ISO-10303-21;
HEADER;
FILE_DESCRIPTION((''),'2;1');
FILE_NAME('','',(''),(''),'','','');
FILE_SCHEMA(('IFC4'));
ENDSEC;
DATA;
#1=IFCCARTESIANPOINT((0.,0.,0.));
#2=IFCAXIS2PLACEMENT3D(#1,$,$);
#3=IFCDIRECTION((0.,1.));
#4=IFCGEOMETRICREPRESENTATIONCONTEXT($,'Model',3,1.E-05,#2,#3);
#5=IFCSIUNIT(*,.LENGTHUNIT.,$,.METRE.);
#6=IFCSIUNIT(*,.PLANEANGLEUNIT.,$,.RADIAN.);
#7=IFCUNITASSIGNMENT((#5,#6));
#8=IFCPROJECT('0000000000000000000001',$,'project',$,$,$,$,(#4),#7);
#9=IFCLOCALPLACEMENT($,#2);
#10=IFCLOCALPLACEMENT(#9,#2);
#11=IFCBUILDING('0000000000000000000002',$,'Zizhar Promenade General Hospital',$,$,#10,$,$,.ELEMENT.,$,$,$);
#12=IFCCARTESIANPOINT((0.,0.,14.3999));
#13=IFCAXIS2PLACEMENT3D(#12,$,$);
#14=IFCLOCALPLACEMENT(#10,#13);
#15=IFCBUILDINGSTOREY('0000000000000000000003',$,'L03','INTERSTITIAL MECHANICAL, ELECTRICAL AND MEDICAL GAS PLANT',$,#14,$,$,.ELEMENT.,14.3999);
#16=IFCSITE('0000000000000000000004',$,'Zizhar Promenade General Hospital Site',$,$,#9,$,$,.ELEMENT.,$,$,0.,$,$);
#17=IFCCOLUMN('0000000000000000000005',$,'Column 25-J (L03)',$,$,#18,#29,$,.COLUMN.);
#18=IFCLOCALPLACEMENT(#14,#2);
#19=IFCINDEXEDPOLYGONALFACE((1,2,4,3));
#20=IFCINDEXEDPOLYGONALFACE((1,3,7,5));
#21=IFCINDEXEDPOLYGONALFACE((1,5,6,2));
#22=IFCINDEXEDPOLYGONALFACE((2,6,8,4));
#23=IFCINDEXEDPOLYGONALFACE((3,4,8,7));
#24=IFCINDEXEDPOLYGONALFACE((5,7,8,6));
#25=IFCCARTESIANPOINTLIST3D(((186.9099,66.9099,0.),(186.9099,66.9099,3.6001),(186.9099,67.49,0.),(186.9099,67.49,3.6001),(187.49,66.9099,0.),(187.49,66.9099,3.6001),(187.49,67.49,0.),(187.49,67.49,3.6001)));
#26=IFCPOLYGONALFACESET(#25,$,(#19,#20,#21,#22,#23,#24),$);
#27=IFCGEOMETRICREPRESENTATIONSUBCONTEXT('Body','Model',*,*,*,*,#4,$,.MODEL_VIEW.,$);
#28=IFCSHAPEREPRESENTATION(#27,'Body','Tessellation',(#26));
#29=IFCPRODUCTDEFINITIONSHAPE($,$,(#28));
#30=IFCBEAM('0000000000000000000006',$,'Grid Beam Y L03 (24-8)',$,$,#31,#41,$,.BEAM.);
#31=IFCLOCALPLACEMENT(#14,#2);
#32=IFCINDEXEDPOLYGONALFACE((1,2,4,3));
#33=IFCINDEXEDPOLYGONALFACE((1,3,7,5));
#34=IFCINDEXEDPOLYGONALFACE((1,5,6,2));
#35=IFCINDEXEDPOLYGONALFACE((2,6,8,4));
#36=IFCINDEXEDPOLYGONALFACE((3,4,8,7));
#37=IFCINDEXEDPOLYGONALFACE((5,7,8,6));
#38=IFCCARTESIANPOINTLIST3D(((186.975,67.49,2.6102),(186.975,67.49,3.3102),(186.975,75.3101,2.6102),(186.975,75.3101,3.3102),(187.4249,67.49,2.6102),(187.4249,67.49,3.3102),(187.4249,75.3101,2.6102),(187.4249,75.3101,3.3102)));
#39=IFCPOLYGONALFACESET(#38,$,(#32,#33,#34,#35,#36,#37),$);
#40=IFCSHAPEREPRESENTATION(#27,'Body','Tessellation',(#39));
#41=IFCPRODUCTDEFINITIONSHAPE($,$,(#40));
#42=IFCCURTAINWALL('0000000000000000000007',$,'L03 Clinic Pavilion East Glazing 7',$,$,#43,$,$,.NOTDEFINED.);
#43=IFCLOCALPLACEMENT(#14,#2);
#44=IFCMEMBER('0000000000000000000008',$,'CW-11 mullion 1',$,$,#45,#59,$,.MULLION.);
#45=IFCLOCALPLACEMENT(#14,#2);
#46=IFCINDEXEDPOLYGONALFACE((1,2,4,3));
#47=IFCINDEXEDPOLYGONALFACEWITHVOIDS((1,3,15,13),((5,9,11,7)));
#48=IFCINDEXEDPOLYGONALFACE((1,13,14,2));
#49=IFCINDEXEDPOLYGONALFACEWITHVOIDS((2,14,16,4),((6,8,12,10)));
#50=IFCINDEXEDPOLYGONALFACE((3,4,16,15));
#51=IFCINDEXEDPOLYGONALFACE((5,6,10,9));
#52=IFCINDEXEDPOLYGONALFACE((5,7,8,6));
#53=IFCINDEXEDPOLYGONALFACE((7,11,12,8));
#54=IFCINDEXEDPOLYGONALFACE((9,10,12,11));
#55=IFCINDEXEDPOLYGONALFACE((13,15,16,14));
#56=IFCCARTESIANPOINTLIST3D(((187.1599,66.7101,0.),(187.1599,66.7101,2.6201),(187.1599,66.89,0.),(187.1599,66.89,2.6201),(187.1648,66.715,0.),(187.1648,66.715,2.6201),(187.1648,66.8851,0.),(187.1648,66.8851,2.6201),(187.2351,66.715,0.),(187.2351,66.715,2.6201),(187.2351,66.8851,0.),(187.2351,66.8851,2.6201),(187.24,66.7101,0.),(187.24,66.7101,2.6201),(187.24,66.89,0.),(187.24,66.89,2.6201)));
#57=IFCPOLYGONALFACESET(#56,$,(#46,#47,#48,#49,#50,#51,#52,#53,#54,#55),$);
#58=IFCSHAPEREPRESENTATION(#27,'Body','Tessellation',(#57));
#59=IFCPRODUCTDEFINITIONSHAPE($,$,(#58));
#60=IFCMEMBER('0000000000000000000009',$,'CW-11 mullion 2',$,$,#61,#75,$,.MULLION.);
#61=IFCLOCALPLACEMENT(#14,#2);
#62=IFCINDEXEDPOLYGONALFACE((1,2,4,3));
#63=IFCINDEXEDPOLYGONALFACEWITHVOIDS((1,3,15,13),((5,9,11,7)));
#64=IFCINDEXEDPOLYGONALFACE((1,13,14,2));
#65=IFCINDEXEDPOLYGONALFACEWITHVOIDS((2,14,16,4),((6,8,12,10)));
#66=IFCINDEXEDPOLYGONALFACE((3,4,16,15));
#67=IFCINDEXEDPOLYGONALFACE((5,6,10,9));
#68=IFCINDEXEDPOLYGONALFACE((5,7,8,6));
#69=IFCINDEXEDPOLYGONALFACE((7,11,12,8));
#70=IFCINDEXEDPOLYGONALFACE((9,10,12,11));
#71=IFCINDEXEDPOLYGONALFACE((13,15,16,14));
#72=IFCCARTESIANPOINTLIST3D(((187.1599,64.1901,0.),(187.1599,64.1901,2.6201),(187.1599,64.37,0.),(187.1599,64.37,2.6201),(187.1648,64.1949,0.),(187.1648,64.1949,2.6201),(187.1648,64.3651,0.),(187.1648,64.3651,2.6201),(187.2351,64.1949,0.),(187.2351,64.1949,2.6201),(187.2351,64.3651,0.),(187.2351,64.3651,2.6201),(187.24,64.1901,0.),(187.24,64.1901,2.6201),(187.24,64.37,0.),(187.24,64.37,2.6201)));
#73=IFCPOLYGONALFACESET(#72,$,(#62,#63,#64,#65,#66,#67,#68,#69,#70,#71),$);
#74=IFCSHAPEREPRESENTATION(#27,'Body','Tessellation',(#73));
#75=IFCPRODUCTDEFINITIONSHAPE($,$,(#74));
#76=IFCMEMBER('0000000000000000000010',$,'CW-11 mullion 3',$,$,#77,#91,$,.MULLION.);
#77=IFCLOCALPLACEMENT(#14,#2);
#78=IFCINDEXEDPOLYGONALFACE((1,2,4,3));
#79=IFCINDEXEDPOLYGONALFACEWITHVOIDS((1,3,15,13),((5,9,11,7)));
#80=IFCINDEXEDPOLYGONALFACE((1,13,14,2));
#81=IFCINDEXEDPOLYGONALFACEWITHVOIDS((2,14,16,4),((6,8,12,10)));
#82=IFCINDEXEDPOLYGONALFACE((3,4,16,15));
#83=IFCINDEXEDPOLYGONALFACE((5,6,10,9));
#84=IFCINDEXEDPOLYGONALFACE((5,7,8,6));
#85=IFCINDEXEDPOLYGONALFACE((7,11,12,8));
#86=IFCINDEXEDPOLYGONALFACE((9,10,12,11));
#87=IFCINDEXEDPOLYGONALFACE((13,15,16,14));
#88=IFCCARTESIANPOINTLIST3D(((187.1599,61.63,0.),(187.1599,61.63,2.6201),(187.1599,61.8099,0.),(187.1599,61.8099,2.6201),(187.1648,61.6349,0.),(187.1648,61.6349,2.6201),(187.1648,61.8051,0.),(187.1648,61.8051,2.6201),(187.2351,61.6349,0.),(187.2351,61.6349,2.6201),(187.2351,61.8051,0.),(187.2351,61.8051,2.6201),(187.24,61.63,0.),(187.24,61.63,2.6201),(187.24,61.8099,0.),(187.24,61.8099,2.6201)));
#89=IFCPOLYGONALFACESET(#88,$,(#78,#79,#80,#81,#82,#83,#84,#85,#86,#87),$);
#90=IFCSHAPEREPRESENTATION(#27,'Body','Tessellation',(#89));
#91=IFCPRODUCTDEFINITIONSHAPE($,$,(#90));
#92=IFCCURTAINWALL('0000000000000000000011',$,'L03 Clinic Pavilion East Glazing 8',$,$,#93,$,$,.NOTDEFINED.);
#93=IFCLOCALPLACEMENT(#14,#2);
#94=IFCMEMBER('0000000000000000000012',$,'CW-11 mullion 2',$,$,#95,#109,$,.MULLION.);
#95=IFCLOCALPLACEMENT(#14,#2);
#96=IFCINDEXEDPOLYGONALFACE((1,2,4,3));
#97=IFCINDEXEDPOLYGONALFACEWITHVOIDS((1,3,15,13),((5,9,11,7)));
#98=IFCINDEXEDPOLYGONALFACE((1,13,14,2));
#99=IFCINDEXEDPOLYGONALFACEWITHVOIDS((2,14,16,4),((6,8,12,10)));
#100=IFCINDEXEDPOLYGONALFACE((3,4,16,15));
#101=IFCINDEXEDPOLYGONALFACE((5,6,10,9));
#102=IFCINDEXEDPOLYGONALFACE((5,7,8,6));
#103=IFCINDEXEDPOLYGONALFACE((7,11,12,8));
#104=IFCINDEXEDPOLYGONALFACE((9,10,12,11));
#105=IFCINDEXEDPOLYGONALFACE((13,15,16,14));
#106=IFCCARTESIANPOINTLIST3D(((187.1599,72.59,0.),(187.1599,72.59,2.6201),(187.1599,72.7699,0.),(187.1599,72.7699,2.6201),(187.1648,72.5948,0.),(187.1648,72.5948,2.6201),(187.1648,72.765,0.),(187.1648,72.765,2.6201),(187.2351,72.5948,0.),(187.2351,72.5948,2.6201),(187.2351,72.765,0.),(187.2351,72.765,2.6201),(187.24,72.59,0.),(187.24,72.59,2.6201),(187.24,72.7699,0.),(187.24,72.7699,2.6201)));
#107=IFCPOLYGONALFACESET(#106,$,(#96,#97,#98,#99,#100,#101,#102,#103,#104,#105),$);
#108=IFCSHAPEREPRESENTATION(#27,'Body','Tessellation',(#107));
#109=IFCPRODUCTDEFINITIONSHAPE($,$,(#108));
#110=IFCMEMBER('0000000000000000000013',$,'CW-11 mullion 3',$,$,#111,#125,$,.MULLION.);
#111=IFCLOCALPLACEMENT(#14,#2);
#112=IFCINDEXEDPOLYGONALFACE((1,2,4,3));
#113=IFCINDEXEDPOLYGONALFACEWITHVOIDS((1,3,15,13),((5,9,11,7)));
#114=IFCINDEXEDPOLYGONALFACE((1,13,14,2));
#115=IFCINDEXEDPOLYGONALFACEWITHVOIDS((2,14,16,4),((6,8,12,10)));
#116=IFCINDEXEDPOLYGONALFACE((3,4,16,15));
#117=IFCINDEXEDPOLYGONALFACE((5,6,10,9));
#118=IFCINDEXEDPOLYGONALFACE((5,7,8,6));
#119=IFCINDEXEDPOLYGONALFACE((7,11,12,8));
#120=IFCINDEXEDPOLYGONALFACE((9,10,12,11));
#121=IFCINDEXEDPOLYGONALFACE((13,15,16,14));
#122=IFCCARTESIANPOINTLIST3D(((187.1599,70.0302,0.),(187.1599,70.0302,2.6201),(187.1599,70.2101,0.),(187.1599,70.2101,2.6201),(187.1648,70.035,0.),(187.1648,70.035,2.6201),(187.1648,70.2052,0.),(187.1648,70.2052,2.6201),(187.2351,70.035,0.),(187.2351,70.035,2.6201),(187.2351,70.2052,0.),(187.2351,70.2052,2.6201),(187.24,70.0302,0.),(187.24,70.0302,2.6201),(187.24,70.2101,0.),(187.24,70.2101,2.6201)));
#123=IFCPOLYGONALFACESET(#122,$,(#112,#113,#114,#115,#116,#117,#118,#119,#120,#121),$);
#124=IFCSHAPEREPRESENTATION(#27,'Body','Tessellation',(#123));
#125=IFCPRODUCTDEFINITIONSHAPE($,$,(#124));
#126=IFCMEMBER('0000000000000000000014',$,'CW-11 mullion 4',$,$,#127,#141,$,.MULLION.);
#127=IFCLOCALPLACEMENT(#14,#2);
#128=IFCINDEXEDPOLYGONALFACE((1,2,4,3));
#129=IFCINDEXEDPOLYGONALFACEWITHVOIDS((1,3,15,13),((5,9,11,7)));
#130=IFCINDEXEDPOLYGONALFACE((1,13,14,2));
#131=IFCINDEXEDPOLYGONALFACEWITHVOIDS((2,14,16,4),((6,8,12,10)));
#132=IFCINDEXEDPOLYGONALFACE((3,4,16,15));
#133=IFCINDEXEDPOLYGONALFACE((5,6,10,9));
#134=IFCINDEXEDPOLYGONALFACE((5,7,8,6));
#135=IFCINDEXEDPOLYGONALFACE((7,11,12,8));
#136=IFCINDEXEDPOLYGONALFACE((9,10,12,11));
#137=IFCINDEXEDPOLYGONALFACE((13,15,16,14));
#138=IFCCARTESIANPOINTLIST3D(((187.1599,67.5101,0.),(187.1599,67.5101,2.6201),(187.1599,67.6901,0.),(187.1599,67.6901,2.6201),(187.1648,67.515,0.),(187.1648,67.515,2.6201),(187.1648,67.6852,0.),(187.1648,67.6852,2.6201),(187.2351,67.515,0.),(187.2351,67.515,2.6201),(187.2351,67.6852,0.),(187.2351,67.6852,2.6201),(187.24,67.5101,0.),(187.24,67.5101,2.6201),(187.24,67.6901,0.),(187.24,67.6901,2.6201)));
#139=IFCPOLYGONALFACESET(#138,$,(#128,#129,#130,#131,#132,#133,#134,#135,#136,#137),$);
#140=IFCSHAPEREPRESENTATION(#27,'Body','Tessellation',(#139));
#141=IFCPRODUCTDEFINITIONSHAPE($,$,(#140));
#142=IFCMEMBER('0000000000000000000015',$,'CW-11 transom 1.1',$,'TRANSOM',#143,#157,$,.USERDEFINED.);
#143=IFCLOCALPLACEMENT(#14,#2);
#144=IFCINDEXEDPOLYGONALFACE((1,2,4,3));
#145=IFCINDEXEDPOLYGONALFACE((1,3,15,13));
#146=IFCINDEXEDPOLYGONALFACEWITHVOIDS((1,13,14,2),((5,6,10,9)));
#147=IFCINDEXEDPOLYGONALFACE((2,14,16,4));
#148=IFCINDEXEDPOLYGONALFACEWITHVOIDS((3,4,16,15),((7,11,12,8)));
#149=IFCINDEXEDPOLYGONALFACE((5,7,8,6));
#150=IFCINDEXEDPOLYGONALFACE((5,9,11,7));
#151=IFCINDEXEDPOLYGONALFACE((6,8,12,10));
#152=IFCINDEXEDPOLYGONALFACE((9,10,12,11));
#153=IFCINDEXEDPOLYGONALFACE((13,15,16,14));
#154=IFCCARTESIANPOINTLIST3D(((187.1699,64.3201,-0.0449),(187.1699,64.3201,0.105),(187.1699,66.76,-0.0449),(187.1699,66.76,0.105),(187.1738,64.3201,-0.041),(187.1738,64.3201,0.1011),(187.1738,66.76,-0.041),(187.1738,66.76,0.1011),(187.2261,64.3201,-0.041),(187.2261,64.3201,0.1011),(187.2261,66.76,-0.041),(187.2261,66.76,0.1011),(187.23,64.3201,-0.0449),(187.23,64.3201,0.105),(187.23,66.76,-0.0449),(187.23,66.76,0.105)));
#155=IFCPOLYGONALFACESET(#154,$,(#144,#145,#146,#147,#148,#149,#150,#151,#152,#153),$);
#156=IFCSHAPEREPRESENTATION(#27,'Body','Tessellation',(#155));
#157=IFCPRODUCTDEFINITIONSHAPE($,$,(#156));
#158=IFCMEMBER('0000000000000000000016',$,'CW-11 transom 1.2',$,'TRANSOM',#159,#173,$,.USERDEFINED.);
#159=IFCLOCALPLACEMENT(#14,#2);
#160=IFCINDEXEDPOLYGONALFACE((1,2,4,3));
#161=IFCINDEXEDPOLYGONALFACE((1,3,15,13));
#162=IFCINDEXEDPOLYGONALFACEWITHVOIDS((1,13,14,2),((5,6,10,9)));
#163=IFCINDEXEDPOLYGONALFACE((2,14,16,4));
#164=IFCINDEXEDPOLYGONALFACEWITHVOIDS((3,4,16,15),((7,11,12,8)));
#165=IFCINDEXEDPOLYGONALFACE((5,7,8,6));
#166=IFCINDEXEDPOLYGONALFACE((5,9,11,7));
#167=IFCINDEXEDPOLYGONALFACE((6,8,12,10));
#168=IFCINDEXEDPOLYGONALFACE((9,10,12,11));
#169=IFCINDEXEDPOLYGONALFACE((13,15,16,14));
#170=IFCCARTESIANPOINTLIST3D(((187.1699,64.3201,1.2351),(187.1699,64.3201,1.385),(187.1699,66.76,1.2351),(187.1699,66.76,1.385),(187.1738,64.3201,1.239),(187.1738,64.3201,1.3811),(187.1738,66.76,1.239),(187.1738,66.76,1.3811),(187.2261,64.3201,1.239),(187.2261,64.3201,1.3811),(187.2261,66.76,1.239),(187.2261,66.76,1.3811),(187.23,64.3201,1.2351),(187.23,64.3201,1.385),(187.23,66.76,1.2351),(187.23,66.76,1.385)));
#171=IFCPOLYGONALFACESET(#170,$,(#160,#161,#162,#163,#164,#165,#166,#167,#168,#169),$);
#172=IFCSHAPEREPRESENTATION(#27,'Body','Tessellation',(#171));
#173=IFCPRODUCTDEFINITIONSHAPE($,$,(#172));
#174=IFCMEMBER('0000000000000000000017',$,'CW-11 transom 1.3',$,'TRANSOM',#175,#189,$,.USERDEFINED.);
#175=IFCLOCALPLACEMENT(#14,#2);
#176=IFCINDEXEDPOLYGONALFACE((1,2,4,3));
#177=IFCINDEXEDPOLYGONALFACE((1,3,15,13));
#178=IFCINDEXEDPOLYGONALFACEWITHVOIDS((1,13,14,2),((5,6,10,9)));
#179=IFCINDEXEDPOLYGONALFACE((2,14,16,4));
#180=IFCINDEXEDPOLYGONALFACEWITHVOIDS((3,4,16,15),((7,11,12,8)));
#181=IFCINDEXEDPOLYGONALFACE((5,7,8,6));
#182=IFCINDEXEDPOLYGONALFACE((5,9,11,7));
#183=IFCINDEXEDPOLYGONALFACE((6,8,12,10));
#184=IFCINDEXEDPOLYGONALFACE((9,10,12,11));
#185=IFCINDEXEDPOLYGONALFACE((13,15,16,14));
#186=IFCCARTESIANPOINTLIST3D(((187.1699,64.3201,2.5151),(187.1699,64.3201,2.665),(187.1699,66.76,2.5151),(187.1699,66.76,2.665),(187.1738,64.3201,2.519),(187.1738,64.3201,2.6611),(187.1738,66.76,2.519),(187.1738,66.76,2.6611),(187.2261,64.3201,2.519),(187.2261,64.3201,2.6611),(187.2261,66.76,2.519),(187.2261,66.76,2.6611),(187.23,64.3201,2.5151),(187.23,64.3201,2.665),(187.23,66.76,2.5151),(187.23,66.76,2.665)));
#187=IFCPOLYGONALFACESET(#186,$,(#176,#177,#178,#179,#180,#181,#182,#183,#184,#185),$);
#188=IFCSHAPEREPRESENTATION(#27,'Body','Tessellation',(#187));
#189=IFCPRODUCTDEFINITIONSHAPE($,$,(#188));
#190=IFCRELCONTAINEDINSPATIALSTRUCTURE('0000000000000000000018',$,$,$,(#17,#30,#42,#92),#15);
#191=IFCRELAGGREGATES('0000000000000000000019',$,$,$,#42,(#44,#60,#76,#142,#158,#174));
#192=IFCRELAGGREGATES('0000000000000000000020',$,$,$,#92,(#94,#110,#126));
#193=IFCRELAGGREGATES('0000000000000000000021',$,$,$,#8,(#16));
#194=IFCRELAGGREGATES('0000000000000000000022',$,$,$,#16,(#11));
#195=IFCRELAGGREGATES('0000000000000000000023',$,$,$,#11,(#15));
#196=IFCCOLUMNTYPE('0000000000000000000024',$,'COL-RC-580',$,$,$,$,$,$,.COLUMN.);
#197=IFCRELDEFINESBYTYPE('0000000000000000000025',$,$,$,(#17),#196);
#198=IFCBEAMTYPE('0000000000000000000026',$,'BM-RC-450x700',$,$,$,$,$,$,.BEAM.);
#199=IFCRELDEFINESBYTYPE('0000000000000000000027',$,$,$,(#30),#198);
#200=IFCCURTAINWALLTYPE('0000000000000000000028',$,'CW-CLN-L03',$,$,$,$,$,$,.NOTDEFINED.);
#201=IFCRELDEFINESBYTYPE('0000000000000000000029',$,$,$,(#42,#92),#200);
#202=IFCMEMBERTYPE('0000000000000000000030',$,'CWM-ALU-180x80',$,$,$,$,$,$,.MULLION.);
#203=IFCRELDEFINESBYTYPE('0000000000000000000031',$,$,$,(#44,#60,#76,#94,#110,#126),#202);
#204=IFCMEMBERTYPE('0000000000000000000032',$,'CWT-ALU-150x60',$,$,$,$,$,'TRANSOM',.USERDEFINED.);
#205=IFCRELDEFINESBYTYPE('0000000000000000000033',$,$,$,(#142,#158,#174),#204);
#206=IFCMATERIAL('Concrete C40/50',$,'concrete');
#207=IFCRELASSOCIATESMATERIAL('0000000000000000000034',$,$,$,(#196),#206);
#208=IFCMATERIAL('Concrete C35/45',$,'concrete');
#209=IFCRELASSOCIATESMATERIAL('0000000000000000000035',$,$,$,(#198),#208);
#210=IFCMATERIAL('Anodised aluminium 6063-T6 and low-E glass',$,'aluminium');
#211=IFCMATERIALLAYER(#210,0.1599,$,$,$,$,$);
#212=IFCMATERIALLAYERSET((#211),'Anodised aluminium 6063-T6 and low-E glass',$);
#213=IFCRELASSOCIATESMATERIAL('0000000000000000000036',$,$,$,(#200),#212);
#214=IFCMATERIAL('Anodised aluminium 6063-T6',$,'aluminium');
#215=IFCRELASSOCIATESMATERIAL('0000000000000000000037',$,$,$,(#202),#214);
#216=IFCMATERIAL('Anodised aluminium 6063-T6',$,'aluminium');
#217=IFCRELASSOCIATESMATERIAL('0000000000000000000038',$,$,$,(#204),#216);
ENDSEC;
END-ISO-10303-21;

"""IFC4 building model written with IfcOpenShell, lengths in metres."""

from ifc_helpers import new_model, si_unit, direction, frame, origin, origin_2d, place, context, subcontext, project, spatial, rectangle, hollow_rectangle, extrude, material, layer, layer_set, material_profile, profile_set, type_object, element, aggregate, save


model = new_model("IFC4")

# Units and contexts
model_context = context("Model", 3, precision=1e-05, world=origin(), true_north=direction((0.0, 1.0)))
body_context = subcontext(model_context, "Body", "Model", "MODEL_VIEW")
ifc_project = project(units=[si_unit("LENGTHUNIT", "METRE"), si_unit("PLANEANGLEUNIT", "RADIAN")], contexts=[model_context])

# Site, building, storey
site_placement = place(None, origin())
site = spatial("IfcSite", under=ifc_project, at=site_placement, Name="Zizhar Promenade General Hospital Site", CompositionType="ELEMENT", RefElevation=0.0)
building_placement = place(site_placement, origin())
building = spatial("IfcBuilding", under=site, at=building_placement, Name="Zizhar Promenade General Hospital", CompositionType="ELEMENT")
storey_placement = place(building_placement, frame((0.0, 0.0, 14.3999)))
storey = spatial("IfcBuildingStorey", under=building, at=storey_placement, Name="L03", Description="INTERSTITIAL MECHANICAL, ELECTRICAL AND MEDICAL GAS PLANT", CompositionType="ELEMENT", Elevation=14.3999)

# Column
ifc_material_1 = material(Name="Concrete C40/50", Category="concrete")
ifc_material_profile_1 = material_profile(ifc_material_1, rectangle(XDim=0.5801, YDim=0.5801, at=origin_2d()))
ifc_profile_set_1 = profile_set([ifc_material_profile_1], Name="Concrete C40/50")
column_type = type_object("IfcColumnType", Name="COL-RC-580", PredefinedType="COLUMN", material=ifc_profile_set_1)
column_placement = place(storey_placement, frame((187.2, 67.2, 0.0), z_axis=(0.0, 0.0, 1.0), x_axis=(1.0, 0.0, 0.0)))
element("IfcColumn", 1, at=column_placement, inside=storey, type_object=column_type, Name="Column 25-J (L03)", PredefinedType="COLUMN", context=body_context, shape_type="SweptSolid", body=[
    extrude(rectangle(XDim=0.5801, YDim=0.5801, at=origin_2d()), origin(), (0.0, 0.0, 1.0), 3.6001),
])

# Beam
ifc_material_2 = material(Name="Concrete C35/45", Category="concrete")
ifc_material_profile_2 = material_profile(ifc_material_2, rectangle(XDim=0.45, YDim=0.7, at=origin_2d()))
ifc_profile_set_2 = profile_set([ifc_material_profile_2], Name="Concrete C35/45")
beam_type = type_object("IfcBeamType", Name="BM-RC-450x700", PredefinedType="BEAM", material=ifc_profile_set_2)
beam_placement = place(storey_placement, frame((187.2, 67.49, 2.9602), z_axis=(0.0, 1.0, 0.0), x_axis=(-1.0, 0.0, 0.0)))
element("IfcBeam", 2, at=beam_placement, inside=storey, type_object=beam_type, Name="Grid Beam Y L03 (24-8)", PredefinedType="BEAM", context=body_context, shape_type="SweptSolid", body=[
    extrude(rectangle(XDim=0.45, YDim=0.7, at=origin_2d()), origin(), (0.0, 0.0, 1.0), 7.8201),
])

# Curtain walls, members
ifc_material_3 = material(Name="Anodised aluminium 6063-T6 and low-E glass", Category="aluminium")
ifc_layer_1 = layer(ifc_material_3, 0.1599)
ifc_layer_set_1 = layer_set([ifc_layer_1], Name="Anodised aluminium 6063-T6 and low-E glass")
curtain_wall_type = type_object("IfcCurtainWallType", Name="CW-CLN-L03", PredefinedType="NOTDEFINED", material=ifc_layer_set_1)
curtain_wall_1_placement = place(storey_placement, origin())
curtain_wall_1 = element("IfcCurtainWall", 3, at=curtain_wall_1_placement, inside=storey, type_object=curtain_wall_type, Name="L03 Clinic Pavilion East Glazing 7", PredefinedType="NOTDEFINED")
ifc_material_4 = material(Name="Anodised aluminium 6063-T6", Category="aluminium")
ifc_material_profile_3 = material_profile(ifc_material_4, hollow_rectangle(XDim=0.0801, YDim=0.1799, WallThickness=0.0049, at=origin_2d()))
ifc_profile_set_3 = profile_set([ifc_material_profile_3], Name="Anodised aluminium 6063-T6")
member_type_1 = type_object("IfcMemberType", Name="CWM-ALU-180x80", PredefinedType="MULLION", material=ifc_profile_set_3)
member_1_placement = place(storey_placement, frame((187.2, 66.8, 0.0), z_axis=(0.0, 0.0, 1.0), x_axis=(1.0, 0.0, 0.0)))
member_1 = element("IfcMember", 4, at=member_1_placement, type_object=member_type_1, Name="CW-11 mullion 1", PredefinedType="MULLION", context=body_context, shape_type="SweptSolid", body=[
    extrude(hollow_rectangle(XDim=0.0801, YDim=0.1799, WallThickness=0.0049, at=origin_2d()), origin(), (0.0, 0.0, 1.0), 2.6201),
])
member_2_placement = place(storey_placement, frame((187.2, 64.28, 0.0), z_axis=(0.0, 0.0, 1.0), x_axis=(1.0, 0.0, 0.0)))
member_2 = element("IfcMember", 5, at=member_2_placement, type_object=member_type_1, Name="CW-11 mullion 2", PredefinedType="MULLION", context=body_context, shape_type="SweptSolid", body=[
    extrude(hollow_rectangle(XDim=0.0801, YDim=0.1799, WallThickness=0.0049, at=origin_2d()), origin(), (0.0, 0.0, 1.0), 2.6201),
])
member_3_placement = place(storey_placement, frame((187.2, 61.72, 0.0), z_axis=(0.0, 0.0, 1.0), x_axis=(1.0, 0.0, 0.0)))
member_3 = element("IfcMember", 6, at=member_3_placement, type_object=member_type_1, Name="CW-11 mullion 3", PredefinedType="MULLION", context=body_context, shape_type="SweptSolid", body=[
    extrude(hollow_rectangle(XDim=0.0801, YDim=0.1799, WallThickness=0.0049, at=origin_2d()), origin(), (0.0, 0.0, 1.0), 2.6201),
])
curtain_wall_2_placement = place(storey_placement, origin())
curtain_wall_2 = element("IfcCurtainWall", 7, at=curtain_wall_2_placement, inside=storey, type_object=curtain_wall_type, Name="L03 Clinic Pavilion East Glazing 8", PredefinedType="NOTDEFINED")
member_4_placement = place(storey_placement, frame((187.2, 72.6799, 0.0), z_axis=(0.0, 0.0, 1.0), x_axis=(1.0, 0.0, 0.0)))
member_4 = element("IfcMember", 8, at=member_4_placement, type_object=member_type_1, Name="CW-11 mullion 2", PredefinedType="MULLION", context=body_context, shape_type="SweptSolid", body=[
    extrude(hollow_rectangle(XDim=0.0801, YDim=0.1799, WallThickness=0.0049, at=origin_2d()), origin(), (0.0, 0.0, 1.0), 2.6201),
])
member_5_placement = place(storey_placement, frame((187.2, 70.1201, 0.0), z_axis=(0.0, 0.0, 1.0), x_axis=(1.0, 0.0, 0.0)))
member_5 = element("IfcMember", 9, at=member_5_placement, type_object=member_type_1, Name="CW-11 mullion 3", PredefinedType="MULLION", context=body_context, shape_type="SweptSolid", body=[
    extrude(hollow_rectangle(XDim=0.0801, YDim=0.1799, WallThickness=0.0049, at=origin_2d()), origin(), (0.0, 0.0, 1.0), 2.6201),
])
member_6_placement = place(storey_placement, frame((187.2, 67.6001, 0.0), z_axis=(0.0, 0.0, 1.0), x_axis=(1.0, 0.0, 0.0)))
member_6 = element("IfcMember", 10, at=member_6_placement, type_object=member_type_1, Name="CW-11 mullion 4", PredefinedType="MULLION", context=body_context, shape_type="SweptSolid", body=[
    extrude(hollow_rectangle(XDim=0.0801, YDim=0.1799, WallThickness=0.0049, at=origin_2d()), origin(), (0.0, 0.0, 1.0), 2.6201),
])

# Members
ifc_material_5 = material(Name="Anodised aluminium 6063-T6", Category="aluminium")
ifc_material_profile_4 = material_profile(ifc_material_5, hollow_rectangle(XDim=0.0601, YDim=0.1499, WallThickness=0.0039, at=origin_2d()))
ifc_profile_set_4 = profile_set([ifc_material_profile_4], Name="Anodised aluminium 6063-T6")
member_type_2 = type_object("IfcMemberType", Name="CWT-ALU-150x60", ElementType="TRANSOM", PredefinedType="USERDEFINED", material=ifc_profile_set_4)
member_7_placement = place(storey_placement, frame((187.2, 66.76, 0.03), z_axis=(0.0, -1.0, 0.0), x_axis=(1.0, 0.0, 0.0)))
member_7 = element("IfcMember", 11, at=member_7_placement, type_object=member_type_2, Name="CW-11 transom 1.1", ObjectType="TRANSOM", PredefinedType="USERDEFINED", context=body_context, shape_type="SweptSolid", body=[
    extrude(hollow_rectangle(XDim=0.0601, YDim=0.1499, WallThickness=0.0039, at=origin_2d()), origin(), (0.0, 0.0, 1.0), 2.4399),
])
member_8_placement = place(storey_placement, frame((187.2, 66.76, 1.3101), z_axis=(0.0, -1.0, 0.0), x_axis=(1.0, 0.0, 0.0)))
member_8 = element("IfcMember", 12, at=member_8_placement, type_object=member_type_2, Name="CW-11 transom 1.2", ObjectType="TRANSOM", PredefinedType="USERDEFINED", context=body_context, shape_type="SweptSolid", body=[
    extrude(hollow_rectangle(XDim=0.0601, YDim=0.1499, WallThickness=0.0039, at=origin_2d()), origin(), (0.0, 0.0, 1.0), 2.4399),
])
member_9_placement = place(storey_placement, frame((187.2, 66.76, 2.5901), z_axis=(0.0, -1.0, 0.0), x_axis=(1.0, 0.0, 0.0)))
member_9 = element("IfcMember", 13, at=member_9_placement, type_object=member_type_2, Name="CW-11 transom 1.3", ObjectType="TRANSOM", PredefinedType="USERDEFINED", context=body_context, shape_type="SweptSolid", body=[
    extrude(hollow_rectangle(XDim=0.0601, YDim=0.1499, WallThickness=0.0039, at=origin_2d()), origin(), (0.0, 0.0, 1.0), 2.4399),
])

aggregate(curtain_wall_1, [member_1, member_2, member_3, member_7, member_8, member_9])
aggregate(curtain_wall_2, [member_4, member_5, member_6])

save(model, "model.ifc")
